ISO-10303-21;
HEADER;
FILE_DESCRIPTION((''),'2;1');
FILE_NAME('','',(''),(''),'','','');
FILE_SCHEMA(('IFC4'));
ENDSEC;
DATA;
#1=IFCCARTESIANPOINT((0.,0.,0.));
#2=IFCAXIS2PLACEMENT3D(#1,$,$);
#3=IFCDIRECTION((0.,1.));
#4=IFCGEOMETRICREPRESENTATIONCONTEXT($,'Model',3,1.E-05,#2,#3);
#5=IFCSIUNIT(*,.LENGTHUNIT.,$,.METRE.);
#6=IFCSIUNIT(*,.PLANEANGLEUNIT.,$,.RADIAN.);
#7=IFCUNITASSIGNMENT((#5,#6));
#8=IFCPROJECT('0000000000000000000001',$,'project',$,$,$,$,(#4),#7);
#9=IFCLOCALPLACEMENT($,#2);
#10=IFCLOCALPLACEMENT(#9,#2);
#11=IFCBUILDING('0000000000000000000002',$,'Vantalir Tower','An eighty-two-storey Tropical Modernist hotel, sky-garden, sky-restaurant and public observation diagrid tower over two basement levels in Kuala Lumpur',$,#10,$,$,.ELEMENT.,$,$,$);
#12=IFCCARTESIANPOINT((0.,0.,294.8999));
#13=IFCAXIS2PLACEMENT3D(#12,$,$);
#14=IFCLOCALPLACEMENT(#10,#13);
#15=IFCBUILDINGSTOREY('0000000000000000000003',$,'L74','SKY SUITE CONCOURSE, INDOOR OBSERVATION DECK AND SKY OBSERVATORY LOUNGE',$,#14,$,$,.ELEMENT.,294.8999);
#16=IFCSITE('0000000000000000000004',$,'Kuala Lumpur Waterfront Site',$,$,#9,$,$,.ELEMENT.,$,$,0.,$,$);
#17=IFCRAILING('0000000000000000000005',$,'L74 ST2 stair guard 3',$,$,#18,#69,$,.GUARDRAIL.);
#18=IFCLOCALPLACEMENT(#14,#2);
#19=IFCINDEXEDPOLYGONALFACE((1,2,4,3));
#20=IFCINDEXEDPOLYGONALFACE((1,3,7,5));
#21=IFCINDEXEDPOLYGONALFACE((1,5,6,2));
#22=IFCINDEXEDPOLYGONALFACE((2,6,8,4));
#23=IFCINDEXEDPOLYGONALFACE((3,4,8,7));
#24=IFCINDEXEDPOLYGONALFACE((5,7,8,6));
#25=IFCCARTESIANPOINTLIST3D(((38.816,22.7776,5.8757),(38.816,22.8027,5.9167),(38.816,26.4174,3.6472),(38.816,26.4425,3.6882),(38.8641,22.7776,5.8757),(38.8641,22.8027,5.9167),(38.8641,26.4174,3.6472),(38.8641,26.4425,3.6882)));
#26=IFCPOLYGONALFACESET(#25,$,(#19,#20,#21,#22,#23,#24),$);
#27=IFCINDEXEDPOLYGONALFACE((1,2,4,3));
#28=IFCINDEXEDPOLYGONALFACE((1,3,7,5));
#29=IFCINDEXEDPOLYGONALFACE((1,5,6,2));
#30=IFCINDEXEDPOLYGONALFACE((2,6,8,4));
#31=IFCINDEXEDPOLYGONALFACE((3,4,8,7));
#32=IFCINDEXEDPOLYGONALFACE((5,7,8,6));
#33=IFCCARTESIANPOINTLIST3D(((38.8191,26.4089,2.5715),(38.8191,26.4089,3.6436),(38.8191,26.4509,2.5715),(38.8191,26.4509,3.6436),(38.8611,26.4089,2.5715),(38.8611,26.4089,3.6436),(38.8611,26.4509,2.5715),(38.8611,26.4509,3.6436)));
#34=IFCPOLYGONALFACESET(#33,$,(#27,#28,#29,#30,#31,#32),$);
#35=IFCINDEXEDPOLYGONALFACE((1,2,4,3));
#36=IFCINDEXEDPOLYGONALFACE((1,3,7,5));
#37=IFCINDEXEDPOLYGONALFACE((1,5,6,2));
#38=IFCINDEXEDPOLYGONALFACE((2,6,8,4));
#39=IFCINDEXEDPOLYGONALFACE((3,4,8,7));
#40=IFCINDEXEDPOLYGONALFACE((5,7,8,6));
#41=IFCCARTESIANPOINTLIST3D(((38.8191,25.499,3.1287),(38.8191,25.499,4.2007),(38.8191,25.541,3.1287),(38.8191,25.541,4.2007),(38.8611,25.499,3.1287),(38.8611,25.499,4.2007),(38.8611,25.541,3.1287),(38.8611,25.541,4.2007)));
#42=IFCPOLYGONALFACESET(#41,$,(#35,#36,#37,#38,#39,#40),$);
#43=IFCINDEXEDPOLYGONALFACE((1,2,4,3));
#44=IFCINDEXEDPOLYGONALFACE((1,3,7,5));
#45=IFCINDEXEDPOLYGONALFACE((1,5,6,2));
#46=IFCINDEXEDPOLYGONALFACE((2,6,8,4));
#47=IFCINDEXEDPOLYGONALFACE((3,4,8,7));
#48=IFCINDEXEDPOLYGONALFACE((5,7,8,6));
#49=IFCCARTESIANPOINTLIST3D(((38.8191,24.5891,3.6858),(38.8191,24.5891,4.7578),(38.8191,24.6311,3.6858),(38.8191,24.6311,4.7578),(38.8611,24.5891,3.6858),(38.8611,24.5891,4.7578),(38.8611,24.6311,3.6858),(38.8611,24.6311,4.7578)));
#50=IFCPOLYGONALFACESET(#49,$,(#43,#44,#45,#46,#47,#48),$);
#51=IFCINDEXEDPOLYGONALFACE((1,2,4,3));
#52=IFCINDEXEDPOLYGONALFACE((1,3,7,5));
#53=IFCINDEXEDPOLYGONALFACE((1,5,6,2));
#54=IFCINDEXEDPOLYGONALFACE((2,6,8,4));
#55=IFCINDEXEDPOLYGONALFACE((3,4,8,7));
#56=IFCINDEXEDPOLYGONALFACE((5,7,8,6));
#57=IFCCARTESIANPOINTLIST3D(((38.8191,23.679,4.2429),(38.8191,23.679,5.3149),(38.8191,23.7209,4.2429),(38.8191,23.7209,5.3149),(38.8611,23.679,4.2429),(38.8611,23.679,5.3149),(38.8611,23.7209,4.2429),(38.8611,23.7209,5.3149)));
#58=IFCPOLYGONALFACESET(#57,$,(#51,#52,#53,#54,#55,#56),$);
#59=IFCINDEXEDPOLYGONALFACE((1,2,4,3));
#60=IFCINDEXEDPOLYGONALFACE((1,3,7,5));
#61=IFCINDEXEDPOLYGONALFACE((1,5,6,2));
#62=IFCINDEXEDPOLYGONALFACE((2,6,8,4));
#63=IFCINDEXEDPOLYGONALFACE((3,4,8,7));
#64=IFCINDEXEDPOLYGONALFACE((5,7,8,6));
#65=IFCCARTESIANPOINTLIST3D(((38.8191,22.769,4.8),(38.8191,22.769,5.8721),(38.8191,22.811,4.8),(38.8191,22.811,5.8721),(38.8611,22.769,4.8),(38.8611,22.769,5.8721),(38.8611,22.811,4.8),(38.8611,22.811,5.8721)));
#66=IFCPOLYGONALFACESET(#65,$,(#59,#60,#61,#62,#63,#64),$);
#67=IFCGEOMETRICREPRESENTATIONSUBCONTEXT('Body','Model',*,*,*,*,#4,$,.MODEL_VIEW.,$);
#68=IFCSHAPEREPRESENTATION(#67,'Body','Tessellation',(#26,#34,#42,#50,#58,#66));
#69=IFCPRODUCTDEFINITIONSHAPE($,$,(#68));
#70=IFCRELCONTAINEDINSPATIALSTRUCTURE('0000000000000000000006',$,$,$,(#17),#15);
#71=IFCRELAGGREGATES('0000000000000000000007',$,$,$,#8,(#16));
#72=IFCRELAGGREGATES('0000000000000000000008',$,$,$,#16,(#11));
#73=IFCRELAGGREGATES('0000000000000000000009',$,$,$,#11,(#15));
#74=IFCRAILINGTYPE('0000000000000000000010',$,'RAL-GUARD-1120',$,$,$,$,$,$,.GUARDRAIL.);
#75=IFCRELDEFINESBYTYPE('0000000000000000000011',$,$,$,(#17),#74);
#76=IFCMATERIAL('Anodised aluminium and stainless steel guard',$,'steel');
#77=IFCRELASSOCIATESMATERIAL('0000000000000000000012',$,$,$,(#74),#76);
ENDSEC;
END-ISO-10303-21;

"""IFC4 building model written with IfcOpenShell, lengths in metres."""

from ifc_helpers import new_model, si_unit, direction, frame, origin, origin_2d, place, context, subcontext, project, spatial, rectangle, extrude, material, type_object, element, save


model = new_model("IFC4")

# Units and contexts
model_context = context("Model", 3, precision=1e-05, world=origin(), true_north=direction((0.0, 1.0)))
body_context = subcontext(model_context, "Body", "Model", "MODEL_VIEW")
ifc_project = project(units=[si_unit("LENGTHUNIT", "METRE"), si_unit("PLANEANGLEUNIT", "RADIAN")], contexts=[model_context])

# Site, building, storey
site_placement = place(None, origin())
site = spatial("IfcSite", under=ifc_project, at=site_placement, Name="Kuala Lumpur Waterfront Site", CompositionType="ELEMENT", RefElevation=0.0)
building_placement = place(site_placement, origin())
building = spatial("IfcBuilding", under=site, at=building_placement, Name="Vantalir Tower", Description="An eighty-two-storey Tropical Modernist hotel, sky-garden, sky-restaurant and public observation diagrid tower over two basement levels in Kuala Lumpur", CompositionType="ELEMENT")
storey_placement = place(building_placement, frame((0.0, 0.0, 294.8999)))
storey = spatial("IfcBuildingStorey", under=building, at=storey_placement, Name="L74", Description="SKY SUITE CONCOURSE, INDOOR OBSERVATION DECK AND SKY OBSERVATORY LOUNGE", CompositionType="ELEMENT", Elevation=294.8999)

# Railing
ifc_material_1 = material(Name="Anodised aluminium and stainless steel guard", Category="steel")
railing_type = type_object("IfcRailingType", Name="RAL-GUARD-1120", PredefinedType="GUARDRAIL", material=ifc_material_1)
railing_1_placement = place(storey_placement, frame((38.8401, 26.4299, 2.5715)))
element("IfcRailing", 1, at=railing_1_placement, inside=storey, type_object=railing_type, Name="L74 ST2 stair guard 3", PredefinedType="GUARDRAIL", context=body_context, shape_type="SweptSolid", body=[
    extrude(rectangle(XDim=0.0481, YDim=0.0481, at=origin_2d()), frame((0.0, 0.0, 1.0962), z_axis=(0.0, -0.85285, 0.522156), x_axis=(1.0, 0.0, 0.0)), (0.0, 0.0, 1.0), 4.2678),
    extrude(rectangle(XDim=0.042, YDim=0.042, at=origin_2d()), origin(), (0.0, 0.0, 1.0), 1.072),
    extrude(rectangle(XDim=0.042, YDim=0.042, at=origin_2d()), frame((0.0, -0.9099, 0.5571)), (0.0, 0.0, 1.0), 1.072),
    extrude(rectangle(XDim=0.042, YDim=0.042, at=origin_2d()), frame((0.0, -1.8198, 1.1143)), (0.0, 0.0, 1.0), 1.072),
    extrude(rectangle(XDim=0.042, YDim=0.042, at=origin_2d()), frame((0.0, -2.73, 1.6714)), (0.0, 0.0, 1.0), 1.072),
    extrude(rectangle(XDim=0.042, YDim=0.042, at=origin_2d()), frame((0.0, -3.6399, 2.2285)), (0.0, 0.0, 1.0), 1.072),
])

save(model, "model.ifc")
